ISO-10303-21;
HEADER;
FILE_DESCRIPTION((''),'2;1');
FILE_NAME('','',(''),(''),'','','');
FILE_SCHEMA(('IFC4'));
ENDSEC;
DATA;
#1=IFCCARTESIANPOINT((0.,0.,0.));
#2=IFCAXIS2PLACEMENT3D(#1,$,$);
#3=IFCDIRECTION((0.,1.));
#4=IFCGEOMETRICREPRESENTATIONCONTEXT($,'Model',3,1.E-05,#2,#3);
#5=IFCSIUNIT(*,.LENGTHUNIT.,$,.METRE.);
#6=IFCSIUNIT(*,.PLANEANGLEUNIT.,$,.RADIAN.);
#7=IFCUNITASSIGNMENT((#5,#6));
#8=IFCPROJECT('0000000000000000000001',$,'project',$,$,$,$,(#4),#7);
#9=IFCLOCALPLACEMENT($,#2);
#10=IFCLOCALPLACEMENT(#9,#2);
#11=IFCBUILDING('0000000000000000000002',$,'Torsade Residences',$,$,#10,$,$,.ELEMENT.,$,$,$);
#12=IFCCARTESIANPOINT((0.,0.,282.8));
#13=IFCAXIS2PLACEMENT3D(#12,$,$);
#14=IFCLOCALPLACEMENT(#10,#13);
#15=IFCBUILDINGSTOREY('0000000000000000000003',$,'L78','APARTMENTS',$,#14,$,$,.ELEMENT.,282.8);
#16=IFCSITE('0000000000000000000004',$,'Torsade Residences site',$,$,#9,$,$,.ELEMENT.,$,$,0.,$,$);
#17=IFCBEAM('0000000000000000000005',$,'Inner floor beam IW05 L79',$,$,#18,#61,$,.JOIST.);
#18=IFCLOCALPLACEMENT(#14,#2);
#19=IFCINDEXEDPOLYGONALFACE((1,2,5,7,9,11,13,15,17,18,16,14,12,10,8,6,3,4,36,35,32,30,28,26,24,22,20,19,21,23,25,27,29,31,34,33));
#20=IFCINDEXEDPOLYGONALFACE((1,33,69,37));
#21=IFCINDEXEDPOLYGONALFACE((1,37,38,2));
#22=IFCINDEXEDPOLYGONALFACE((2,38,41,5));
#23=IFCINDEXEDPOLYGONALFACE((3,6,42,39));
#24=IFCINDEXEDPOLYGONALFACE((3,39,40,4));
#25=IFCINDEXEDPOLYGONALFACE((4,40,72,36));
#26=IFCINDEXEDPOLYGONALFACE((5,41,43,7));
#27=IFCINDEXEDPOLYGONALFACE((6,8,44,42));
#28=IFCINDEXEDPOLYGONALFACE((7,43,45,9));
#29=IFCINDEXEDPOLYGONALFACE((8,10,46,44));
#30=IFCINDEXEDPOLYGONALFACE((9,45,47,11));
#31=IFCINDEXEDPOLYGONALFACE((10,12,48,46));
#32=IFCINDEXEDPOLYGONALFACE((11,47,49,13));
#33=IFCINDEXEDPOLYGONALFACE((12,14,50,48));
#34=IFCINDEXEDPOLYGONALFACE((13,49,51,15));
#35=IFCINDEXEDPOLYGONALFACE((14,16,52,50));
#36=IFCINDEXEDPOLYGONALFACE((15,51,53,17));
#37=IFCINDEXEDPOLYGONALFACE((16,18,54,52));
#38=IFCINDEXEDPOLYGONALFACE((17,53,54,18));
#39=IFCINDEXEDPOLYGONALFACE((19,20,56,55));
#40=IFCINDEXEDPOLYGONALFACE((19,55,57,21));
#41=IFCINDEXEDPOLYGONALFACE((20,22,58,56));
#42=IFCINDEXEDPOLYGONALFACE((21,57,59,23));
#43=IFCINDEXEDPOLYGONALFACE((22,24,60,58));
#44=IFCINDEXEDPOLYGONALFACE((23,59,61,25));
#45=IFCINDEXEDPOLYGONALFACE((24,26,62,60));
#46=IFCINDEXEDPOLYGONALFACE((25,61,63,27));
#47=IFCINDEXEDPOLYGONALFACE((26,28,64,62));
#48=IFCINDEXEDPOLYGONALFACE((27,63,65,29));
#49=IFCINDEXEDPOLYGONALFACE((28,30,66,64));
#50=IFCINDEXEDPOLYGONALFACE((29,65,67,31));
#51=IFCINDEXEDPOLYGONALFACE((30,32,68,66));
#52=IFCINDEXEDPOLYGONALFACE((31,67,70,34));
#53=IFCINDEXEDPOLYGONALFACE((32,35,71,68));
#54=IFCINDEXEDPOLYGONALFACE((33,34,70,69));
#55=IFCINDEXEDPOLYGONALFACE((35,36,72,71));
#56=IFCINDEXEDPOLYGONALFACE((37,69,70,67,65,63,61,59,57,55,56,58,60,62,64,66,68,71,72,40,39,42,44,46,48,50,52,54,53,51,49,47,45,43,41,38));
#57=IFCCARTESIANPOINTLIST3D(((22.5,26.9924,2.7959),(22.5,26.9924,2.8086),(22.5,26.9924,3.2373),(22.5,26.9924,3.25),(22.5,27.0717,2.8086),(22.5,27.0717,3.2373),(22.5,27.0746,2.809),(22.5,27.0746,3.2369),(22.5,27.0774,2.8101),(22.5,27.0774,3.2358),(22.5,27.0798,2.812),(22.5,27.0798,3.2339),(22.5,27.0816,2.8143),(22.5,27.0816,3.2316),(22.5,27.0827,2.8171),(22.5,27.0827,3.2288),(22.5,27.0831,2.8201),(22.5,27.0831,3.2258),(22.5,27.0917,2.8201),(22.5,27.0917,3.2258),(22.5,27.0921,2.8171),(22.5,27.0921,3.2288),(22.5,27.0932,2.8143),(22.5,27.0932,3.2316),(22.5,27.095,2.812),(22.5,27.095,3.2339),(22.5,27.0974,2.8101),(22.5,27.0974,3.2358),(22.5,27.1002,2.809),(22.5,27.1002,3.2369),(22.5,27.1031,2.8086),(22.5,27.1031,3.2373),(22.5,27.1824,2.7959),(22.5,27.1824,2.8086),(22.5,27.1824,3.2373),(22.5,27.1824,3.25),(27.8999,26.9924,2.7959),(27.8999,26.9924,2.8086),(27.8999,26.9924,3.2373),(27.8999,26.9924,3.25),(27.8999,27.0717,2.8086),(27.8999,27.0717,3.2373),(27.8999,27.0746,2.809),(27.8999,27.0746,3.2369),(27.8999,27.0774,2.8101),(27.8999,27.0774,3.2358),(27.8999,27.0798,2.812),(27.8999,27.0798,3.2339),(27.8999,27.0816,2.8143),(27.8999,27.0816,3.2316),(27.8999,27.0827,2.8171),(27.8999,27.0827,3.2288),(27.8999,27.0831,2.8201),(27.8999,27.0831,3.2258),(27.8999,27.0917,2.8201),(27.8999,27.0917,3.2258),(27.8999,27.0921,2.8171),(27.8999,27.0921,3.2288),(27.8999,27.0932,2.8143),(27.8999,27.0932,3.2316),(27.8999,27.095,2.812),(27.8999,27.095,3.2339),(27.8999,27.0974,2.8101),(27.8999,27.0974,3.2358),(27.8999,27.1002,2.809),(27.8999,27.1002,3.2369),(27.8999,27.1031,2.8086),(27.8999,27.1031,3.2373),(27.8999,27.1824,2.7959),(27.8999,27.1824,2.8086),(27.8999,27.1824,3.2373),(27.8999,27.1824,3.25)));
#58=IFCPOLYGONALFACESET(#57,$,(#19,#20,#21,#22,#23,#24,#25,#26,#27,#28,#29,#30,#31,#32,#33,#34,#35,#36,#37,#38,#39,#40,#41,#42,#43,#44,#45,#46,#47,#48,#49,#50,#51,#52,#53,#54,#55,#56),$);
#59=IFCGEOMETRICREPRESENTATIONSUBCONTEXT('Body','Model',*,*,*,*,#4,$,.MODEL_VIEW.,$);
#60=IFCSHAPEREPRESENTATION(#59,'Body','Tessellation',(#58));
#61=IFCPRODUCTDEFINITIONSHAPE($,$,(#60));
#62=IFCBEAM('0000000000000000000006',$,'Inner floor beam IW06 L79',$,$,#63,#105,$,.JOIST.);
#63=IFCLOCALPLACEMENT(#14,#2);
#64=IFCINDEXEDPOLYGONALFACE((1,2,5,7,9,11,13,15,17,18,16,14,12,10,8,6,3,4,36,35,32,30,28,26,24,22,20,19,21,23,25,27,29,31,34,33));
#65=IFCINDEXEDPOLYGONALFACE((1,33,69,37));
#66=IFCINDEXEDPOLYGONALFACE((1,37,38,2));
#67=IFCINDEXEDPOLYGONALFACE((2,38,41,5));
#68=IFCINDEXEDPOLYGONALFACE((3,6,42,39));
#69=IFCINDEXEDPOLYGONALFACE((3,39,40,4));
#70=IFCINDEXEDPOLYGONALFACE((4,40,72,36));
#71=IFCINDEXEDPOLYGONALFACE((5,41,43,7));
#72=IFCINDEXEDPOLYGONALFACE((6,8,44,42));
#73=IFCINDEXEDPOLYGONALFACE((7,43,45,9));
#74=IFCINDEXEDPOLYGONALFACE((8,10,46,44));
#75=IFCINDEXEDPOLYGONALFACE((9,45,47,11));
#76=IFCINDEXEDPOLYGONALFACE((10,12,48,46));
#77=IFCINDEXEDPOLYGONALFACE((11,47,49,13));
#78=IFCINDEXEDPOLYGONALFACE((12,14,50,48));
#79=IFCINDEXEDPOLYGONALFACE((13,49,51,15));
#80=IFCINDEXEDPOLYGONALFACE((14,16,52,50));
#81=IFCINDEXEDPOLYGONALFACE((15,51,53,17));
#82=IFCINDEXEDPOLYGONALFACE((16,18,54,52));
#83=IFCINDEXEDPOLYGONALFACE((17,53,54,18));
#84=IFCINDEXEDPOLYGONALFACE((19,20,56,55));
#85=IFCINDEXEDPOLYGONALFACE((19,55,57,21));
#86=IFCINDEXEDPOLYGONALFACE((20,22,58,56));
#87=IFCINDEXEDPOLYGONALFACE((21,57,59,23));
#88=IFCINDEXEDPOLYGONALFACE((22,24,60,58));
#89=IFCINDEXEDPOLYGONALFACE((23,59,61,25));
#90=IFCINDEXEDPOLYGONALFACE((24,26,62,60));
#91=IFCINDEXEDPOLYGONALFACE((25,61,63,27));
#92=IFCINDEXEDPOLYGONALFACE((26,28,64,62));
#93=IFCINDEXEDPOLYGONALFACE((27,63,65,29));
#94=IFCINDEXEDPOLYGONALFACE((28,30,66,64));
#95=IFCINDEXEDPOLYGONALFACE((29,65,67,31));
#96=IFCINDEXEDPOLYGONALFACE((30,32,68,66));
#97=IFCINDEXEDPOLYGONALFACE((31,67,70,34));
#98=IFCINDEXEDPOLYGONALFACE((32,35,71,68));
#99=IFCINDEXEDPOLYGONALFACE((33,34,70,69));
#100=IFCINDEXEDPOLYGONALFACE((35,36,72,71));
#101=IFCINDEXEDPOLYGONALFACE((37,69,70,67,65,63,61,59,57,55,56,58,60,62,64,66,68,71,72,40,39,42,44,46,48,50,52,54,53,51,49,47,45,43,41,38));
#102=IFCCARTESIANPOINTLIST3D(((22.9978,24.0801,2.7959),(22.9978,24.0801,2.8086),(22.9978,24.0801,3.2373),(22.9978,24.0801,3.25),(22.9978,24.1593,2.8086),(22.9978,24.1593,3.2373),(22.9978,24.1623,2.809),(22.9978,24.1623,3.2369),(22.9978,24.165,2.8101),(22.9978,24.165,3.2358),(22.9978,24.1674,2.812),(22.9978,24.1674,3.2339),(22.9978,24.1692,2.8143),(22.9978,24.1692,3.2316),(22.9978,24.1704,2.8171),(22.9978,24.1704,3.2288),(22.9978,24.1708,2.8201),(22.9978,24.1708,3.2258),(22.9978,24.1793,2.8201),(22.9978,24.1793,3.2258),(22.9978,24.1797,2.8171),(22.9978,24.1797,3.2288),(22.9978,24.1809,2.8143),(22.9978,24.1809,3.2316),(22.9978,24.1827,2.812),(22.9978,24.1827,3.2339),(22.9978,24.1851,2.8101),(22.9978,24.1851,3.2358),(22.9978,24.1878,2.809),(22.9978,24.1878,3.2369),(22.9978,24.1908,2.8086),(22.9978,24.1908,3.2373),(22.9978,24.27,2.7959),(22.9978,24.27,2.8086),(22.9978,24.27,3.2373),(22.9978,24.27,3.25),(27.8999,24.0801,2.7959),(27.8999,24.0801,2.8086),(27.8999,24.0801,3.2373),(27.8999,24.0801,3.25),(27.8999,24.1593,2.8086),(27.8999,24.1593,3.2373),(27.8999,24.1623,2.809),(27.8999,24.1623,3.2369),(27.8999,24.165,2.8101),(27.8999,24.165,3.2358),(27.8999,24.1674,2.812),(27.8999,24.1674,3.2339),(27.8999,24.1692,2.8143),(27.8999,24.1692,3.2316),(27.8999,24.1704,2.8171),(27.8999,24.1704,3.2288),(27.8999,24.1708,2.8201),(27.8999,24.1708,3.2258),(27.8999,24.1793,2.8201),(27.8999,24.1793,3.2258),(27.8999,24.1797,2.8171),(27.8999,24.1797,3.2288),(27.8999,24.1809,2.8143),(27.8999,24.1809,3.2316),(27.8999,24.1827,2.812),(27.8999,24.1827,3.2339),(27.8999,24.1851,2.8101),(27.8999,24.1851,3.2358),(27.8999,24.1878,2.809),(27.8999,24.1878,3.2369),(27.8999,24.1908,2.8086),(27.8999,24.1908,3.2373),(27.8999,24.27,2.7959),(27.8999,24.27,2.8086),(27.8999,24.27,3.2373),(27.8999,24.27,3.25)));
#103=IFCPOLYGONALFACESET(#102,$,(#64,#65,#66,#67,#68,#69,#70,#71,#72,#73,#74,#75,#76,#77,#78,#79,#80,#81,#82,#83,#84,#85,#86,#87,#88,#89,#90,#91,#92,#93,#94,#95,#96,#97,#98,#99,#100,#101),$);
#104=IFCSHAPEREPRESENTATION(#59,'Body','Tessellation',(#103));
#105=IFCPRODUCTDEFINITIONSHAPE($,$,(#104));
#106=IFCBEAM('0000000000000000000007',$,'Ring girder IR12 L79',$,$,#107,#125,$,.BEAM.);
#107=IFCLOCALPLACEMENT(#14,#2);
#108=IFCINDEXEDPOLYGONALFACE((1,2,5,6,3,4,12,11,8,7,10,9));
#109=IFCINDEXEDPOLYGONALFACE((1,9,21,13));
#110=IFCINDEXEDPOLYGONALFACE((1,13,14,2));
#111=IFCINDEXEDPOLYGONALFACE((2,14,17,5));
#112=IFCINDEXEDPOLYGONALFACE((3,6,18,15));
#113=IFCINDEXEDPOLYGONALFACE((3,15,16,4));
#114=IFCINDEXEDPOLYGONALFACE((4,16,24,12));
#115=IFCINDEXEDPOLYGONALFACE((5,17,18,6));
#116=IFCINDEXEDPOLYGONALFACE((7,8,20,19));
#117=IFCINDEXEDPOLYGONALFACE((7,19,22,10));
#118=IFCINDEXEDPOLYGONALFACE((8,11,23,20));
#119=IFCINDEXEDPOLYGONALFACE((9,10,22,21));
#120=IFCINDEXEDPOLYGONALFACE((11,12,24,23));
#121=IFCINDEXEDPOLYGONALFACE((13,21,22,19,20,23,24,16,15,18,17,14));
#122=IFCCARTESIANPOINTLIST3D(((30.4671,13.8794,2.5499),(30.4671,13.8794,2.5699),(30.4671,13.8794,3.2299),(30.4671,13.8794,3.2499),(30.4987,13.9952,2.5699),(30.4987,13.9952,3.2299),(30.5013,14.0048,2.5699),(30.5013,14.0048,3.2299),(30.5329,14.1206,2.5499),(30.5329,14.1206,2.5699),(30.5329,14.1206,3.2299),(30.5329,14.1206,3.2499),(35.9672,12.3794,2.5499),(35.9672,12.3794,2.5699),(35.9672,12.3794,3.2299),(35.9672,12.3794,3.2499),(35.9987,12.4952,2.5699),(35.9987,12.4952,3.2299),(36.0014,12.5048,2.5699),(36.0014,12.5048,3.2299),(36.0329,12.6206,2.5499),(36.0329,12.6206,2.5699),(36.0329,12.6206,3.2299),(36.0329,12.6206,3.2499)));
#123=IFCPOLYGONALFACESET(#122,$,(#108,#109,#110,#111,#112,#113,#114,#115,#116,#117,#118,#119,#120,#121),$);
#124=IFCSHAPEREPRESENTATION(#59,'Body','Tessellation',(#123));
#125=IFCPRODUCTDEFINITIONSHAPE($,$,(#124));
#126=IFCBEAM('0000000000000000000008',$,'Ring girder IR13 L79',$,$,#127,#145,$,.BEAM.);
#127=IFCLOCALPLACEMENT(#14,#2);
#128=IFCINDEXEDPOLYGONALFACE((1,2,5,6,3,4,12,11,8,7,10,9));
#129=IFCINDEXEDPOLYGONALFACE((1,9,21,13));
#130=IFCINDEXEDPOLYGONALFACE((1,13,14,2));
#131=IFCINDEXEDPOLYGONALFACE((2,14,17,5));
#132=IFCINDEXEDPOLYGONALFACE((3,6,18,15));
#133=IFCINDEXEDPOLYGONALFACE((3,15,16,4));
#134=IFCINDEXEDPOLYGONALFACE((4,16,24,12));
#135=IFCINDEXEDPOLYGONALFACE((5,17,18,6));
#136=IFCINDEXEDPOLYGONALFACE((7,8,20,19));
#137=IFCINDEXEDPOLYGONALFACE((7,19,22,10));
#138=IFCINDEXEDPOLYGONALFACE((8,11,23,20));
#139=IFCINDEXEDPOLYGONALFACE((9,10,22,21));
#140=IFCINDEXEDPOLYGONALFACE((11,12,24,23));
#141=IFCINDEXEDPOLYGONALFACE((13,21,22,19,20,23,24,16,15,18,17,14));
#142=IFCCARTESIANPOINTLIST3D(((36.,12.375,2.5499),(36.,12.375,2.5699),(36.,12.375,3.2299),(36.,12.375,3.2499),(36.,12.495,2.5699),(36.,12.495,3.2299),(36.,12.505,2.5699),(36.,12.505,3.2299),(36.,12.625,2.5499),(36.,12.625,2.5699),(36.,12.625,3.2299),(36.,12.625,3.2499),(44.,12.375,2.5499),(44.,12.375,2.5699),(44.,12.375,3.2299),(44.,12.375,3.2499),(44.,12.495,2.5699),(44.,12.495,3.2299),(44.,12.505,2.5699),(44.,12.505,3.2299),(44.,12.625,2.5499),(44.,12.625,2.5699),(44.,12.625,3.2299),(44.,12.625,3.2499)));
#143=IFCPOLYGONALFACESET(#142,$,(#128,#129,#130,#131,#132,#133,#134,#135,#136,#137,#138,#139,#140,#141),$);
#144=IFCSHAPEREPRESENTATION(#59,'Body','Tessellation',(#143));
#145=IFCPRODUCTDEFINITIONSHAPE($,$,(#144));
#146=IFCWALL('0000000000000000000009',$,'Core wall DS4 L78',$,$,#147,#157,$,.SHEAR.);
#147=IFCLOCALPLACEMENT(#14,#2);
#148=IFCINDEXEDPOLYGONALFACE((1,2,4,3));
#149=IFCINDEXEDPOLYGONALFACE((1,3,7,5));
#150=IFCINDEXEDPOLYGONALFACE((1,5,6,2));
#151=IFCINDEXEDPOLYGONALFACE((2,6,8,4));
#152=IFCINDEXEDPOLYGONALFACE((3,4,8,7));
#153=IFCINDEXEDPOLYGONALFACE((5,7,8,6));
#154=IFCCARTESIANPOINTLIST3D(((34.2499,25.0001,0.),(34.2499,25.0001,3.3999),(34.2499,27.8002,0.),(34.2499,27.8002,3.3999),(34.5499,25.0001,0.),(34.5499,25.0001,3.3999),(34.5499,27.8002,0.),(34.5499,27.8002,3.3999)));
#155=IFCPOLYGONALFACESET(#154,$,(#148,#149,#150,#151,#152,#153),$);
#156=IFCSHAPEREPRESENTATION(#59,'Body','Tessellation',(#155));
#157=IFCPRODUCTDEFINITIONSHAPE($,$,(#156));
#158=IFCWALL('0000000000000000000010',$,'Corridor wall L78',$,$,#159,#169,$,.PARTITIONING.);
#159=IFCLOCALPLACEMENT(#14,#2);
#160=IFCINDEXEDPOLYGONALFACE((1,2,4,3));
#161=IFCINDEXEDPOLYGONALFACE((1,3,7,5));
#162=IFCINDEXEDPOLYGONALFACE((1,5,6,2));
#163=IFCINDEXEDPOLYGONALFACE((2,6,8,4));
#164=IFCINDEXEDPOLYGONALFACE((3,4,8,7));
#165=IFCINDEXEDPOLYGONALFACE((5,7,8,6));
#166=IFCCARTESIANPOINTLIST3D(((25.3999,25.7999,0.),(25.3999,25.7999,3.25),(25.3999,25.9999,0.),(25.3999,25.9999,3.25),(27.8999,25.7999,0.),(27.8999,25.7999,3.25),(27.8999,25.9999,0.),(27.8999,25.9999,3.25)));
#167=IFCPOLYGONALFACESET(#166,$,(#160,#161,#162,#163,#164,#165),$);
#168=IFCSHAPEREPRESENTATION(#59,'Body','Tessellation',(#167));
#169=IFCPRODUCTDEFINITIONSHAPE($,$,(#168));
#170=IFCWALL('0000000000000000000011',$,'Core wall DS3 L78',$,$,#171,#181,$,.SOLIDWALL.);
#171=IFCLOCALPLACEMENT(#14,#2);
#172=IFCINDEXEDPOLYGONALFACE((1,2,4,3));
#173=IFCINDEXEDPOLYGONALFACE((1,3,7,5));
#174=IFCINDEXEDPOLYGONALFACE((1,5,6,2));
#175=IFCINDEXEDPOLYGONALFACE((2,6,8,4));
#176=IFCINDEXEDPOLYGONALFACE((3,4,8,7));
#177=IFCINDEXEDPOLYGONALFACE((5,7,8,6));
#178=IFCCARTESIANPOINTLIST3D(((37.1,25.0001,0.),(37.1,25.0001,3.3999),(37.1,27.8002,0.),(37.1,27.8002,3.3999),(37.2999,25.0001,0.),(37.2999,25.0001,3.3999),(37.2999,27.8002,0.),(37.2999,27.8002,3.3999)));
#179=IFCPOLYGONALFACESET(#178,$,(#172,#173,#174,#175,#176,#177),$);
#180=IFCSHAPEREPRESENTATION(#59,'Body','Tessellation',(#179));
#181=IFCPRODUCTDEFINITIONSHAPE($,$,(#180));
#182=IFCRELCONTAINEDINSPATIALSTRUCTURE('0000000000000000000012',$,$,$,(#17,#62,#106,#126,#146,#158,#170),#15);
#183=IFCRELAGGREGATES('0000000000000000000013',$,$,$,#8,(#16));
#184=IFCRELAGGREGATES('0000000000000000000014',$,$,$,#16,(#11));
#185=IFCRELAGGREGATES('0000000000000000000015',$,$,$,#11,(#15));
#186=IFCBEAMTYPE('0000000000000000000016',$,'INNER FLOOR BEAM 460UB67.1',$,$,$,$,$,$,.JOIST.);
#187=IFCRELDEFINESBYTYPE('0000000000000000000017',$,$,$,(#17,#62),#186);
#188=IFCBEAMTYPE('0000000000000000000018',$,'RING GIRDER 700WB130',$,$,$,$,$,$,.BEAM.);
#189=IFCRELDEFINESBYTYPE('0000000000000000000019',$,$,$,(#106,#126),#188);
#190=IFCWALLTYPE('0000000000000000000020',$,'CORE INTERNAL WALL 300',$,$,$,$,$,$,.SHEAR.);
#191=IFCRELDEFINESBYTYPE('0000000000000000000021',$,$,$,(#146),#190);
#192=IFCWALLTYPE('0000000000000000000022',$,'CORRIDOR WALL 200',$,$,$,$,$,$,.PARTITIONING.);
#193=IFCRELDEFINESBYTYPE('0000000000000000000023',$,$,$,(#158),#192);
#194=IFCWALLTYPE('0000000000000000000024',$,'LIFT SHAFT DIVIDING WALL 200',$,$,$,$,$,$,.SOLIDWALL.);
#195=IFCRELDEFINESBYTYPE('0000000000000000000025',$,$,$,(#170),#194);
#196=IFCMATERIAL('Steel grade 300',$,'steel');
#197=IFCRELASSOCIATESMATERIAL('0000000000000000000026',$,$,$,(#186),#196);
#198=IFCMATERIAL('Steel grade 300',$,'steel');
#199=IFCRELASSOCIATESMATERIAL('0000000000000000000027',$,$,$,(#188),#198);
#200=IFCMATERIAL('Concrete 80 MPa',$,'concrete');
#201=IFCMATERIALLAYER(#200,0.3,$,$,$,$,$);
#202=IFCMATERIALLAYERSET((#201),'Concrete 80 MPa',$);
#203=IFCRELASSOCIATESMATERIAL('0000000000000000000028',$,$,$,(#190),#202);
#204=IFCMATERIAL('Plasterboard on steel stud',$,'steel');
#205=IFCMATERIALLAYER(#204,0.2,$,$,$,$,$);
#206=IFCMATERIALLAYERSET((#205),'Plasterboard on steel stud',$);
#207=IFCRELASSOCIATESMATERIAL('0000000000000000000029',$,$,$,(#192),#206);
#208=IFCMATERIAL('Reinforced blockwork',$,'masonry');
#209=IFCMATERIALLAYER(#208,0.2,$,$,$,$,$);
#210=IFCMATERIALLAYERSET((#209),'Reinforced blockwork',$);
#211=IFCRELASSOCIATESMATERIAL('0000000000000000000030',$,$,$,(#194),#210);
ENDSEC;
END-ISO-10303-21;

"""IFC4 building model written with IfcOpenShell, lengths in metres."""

from ifc_helpers import new_model, si_unit, direction, frame, frame_2d, origin, origin_2d, place, context, subcontext, project, spatial, rectangle, i_section, extrude, material, layer, layer_set, material_profile, profile_set, type_object, element, save


model = new_model("IFC4")

# Units and contexts
model_context = context("Model", 3, precision=1e-05, world=origin(), true_north=direction((0.0, 1.0)))
body_context = subcontext(model_context, "Body", "Model", "MODEL_VIEW")
ifc_project = project(units=[si_unit("LENGTHUNIT", "METRE"), si_unit("PLANEANGLEUNIT", "RADIAN")], contexts=[model_context])

# Site, building, storey
site_placement = place(None, origin())
site = spatial("IfcSite", under=ifc_project, at=site_placement, Name="Torsade Residences site", CompositionType="ELEMENT", RefElevation=0.0)
building_placement = place(site_placement, origin())
building = spatial("IfcBuilding", under=site, at=building_placement, Name="Torsade Residences", CompositionType="ELEMENT")
storey_placement = place(building_placement, frame((0.0, 0.0, 282.8)))
storey = spatial("IfcBuildingStorey", under=building, at=storey_placement, Name="L78", Description="APARTMENTS", CompositionType="ELEMENT", Elevation=282.8)

# Beams
ifc_material_1 = material(Name="Steel grade 300", Category="steel")
ifc_material_profile_1 = material_profile(ifc_material_1, i_section(OverallWidth=0.1899, OverallDepth=0.4541, WebThickness=0.0085, FlangeThickness=0.0127, FilletRadius=0.0115, at=origin_2d()), Name="460UB67.1")
ifc_profile_set_1 = profile_set([ifc_material_profile_1], Name="Steel grade 300")
beam_type_1 = type_object("IfcBeamType", Name="INNER FLOOR BEAM 460UB67.1", PredefinedType="JOIST", material=ifc_profile_set_1)
beam_1_placement = place(storey_placement, frame((27.8999, 27.0874, 3.0229), z_axis=(-1.0, 0.0, 0.0), x_axis=(0.0, -1.0, 0.0)))
element("IfcBeam", 1, at=beam_1_placement, inside=storey, type_object=beam_type_1, Name="Inner floor beam IW05 L79", PredefinedType="JOIST", context=body_context, shape_type="SweptSolid", body=[
    extrude(i_section(OverallWidth=0.1899, OverallDepth=0.4541, WebThickness=0.0085, FlangeThickness=0.0127, FilletRadius=0.0115, at=origin_2d()), origin(), (0.0, 0.0, 1.0), 5.3999),
])
beam_2_placement = place(storey_placement, frame((27.8999, 24.175, 3.0229), z_axis=(-1.0, 0.0, 0.0), x_axis=(0.0, -1.0, 0.0)))
element("IfcBeam", 2, at=beam_2_placement, inside=storey, type_object=beam_type_1, Name="Inner floor beam IW06 L79", PredefinedType="JOIST", context=body_context, shape_type="SweptSolid", body=[
    extrude(i_section(OverallWidth=0.1899, OverallDepth=0.4541, WebThickness=0.0085, FlangeThickness=0.0127, FilletRadius=0.0115, at=origin_2d()), origin(), (0.0, 0.0, 1.0), 4.9021),
])
ifc_material_2 = material(Name="Steel grade 300", Category="steel")
ifc_material_profile_2 = material_profile(ifc_material_2, i_section(OverallWidth=0.25, OverallDepth=0.7, WebThickness=0.01, FlangeThickness=0.02, at=origin_2d()), Name="700WB130")
ifc_profile_set_2 = profile_set([ifc_material_profile_2], Name="Steel grade 300")
beam_type_2 = type_object("IfcBeamType", Name="RING GIRDER 700WB130", PredefinedType="BEAM", material=ifc_profile_set_2)
beam_3_placement = place(storey_placement, frame((30.5, 14.0, 2.8999), z_axis=(0.964764, -0.263117, 0.0), x_axis=(0.263117, 0.964764, 0.0)))
element("IfcBeam", 3, at=beam_3_placement, inside=storey, type_object=beam_type_2, Name="Ring girder IR12 L79", PredefinedType="BEAM", context=body_context, shape_type="SweptSolid", body=[
    extrude(i_section(OverallWidth=0.25, OverallDepth=0.7, WebThickness=0.01, FlangeThickness=0.02, at=origin_2d()), origin(), (0.0, 0.0, 1.0), 5.7009),
])
beam_4_placement = place(storey_placement, frame((36.0, 12.5, 2.8999), z_axis=(1.0, 0.0, 0.0), x_axis=(0.0, 1.0, 0.0)))
element("IfcBeam", 4, at=beam_4_placement, inside=storey, type_object=beam_type_2, Name="Ring girder IR13 L79", PredefinedType="BEAM", context=body_context, shape_type="SweptSolid", body=[
    extrude(i_section(OverallWidth=0.25, OverallDepth=0.7, WebThickness=0.01, FlangeThickness=0.02, at=origin_2d()), origin(), (0.0, 0.0, 1.0), 8.0),
])

# Walls
ifc_material_3 = material(Name="Concrete 80 MPa", Category="concrete")
ifc_layer_1 = layer(ifc_material_3, 0.3)
ifc_layer_set_1 = layer_set([ifc_layer_1], Name="Concrete 80 MPa")
wall_type_1 = type_object("IfcWallType", Name="CORE INTERNAL WALL 300", PredefinedType="SHEAR", material=ifc_layer_set_1)
wall_1_placement = place(storey_placement, frame((34.3999, 27.8, 0.0), z_axis=(0.0, 0.0, 1.0), x_axis=(0.0, -1.0, 0.0)))
element("IfcWall", 5, at=wall_1_placement, inside=storey, type_object=wall_type_1, Name="Core wall DS4 L78", PredefinedType="SHEAR", context=body_context, shape_type="SweptSolid", body=[
    extrude(rectangle(XDim=2.8, YDim=0.3, at=frame_2d((1.3999, 0.0))), origin(), (0.0, 0.0, 1.0), 3.3999),
])
ifc_material_4 = material(Name="Plasterboard on steel stud", Category="steel")
ifc_layer_2 = layer(ifc_material_4, 0.2)
ifc_layer_set_2 = layer_set([ifc_layer_2], Name="Plasterboard on steel stud")
wall_type_2 = type_object("IfcWallType", Name="CORRIDOR WALL 200", PredefinedType="PARTITIONING", material=ifc_layer_set_2)
wall_2_placement = place(storey_placement, frame((27.8999, 25.8999, 0.0), z_axis=(0.0, 0.0, 1.0), x_axis=(-1.0, 0.0, 0.0)))
element("IfcWall", 6, at=wall_2_placement, inside=storey, type_object=wall_type_2, Name="Corridor wall L78", PredefinedType="PARTITIONING", context=body_context, shape_type="SweptSolid", body=[
    extrude(rectangle(XDim=2.5, YDim=0.2, at=frame_2d((1.25, 0.0))), origin(), (0.0, 0.0, 1.0), 3.25),
])
ifc_material_5 = material(Name="Reinforced blockwork", Category="masonry")
ifc_layer_3 = layer(ifc_material_5, 0.2)
ifc_layer_set_3 = layer_set([ifc_layer_3], Name="Reinforced blockwork")
wall_type_3 = type_object("IfcWallType", Name="LIFT SHAFT DIVIDING WALL 200", PredefinedType="SOLIDWALL", material=ifc_layer_set_3)
wall_3_placement = place(storey_placement, frame((37.2, 27.8, 0.0), z_axis=(0.0, 0.0, 1.0), x_axis=(0.0, -1.0, 0.0)))
element("IfcWall", 7, at=wall_3_placement, inside=storey, type_object=wall_type_3, Name="Core wall DS3 L78", PredefinedType="SOLIDWALL", context=body_context, shape_type="SweptSolid", body=[
    extrude(rectangle(XDim=2.8, YDim=0.2, at=frame_2d((1.3999, 0.0))), origin(), (0.0, 0.0, 1.0), 3.3999),
])

save(model, "model.ifc")
